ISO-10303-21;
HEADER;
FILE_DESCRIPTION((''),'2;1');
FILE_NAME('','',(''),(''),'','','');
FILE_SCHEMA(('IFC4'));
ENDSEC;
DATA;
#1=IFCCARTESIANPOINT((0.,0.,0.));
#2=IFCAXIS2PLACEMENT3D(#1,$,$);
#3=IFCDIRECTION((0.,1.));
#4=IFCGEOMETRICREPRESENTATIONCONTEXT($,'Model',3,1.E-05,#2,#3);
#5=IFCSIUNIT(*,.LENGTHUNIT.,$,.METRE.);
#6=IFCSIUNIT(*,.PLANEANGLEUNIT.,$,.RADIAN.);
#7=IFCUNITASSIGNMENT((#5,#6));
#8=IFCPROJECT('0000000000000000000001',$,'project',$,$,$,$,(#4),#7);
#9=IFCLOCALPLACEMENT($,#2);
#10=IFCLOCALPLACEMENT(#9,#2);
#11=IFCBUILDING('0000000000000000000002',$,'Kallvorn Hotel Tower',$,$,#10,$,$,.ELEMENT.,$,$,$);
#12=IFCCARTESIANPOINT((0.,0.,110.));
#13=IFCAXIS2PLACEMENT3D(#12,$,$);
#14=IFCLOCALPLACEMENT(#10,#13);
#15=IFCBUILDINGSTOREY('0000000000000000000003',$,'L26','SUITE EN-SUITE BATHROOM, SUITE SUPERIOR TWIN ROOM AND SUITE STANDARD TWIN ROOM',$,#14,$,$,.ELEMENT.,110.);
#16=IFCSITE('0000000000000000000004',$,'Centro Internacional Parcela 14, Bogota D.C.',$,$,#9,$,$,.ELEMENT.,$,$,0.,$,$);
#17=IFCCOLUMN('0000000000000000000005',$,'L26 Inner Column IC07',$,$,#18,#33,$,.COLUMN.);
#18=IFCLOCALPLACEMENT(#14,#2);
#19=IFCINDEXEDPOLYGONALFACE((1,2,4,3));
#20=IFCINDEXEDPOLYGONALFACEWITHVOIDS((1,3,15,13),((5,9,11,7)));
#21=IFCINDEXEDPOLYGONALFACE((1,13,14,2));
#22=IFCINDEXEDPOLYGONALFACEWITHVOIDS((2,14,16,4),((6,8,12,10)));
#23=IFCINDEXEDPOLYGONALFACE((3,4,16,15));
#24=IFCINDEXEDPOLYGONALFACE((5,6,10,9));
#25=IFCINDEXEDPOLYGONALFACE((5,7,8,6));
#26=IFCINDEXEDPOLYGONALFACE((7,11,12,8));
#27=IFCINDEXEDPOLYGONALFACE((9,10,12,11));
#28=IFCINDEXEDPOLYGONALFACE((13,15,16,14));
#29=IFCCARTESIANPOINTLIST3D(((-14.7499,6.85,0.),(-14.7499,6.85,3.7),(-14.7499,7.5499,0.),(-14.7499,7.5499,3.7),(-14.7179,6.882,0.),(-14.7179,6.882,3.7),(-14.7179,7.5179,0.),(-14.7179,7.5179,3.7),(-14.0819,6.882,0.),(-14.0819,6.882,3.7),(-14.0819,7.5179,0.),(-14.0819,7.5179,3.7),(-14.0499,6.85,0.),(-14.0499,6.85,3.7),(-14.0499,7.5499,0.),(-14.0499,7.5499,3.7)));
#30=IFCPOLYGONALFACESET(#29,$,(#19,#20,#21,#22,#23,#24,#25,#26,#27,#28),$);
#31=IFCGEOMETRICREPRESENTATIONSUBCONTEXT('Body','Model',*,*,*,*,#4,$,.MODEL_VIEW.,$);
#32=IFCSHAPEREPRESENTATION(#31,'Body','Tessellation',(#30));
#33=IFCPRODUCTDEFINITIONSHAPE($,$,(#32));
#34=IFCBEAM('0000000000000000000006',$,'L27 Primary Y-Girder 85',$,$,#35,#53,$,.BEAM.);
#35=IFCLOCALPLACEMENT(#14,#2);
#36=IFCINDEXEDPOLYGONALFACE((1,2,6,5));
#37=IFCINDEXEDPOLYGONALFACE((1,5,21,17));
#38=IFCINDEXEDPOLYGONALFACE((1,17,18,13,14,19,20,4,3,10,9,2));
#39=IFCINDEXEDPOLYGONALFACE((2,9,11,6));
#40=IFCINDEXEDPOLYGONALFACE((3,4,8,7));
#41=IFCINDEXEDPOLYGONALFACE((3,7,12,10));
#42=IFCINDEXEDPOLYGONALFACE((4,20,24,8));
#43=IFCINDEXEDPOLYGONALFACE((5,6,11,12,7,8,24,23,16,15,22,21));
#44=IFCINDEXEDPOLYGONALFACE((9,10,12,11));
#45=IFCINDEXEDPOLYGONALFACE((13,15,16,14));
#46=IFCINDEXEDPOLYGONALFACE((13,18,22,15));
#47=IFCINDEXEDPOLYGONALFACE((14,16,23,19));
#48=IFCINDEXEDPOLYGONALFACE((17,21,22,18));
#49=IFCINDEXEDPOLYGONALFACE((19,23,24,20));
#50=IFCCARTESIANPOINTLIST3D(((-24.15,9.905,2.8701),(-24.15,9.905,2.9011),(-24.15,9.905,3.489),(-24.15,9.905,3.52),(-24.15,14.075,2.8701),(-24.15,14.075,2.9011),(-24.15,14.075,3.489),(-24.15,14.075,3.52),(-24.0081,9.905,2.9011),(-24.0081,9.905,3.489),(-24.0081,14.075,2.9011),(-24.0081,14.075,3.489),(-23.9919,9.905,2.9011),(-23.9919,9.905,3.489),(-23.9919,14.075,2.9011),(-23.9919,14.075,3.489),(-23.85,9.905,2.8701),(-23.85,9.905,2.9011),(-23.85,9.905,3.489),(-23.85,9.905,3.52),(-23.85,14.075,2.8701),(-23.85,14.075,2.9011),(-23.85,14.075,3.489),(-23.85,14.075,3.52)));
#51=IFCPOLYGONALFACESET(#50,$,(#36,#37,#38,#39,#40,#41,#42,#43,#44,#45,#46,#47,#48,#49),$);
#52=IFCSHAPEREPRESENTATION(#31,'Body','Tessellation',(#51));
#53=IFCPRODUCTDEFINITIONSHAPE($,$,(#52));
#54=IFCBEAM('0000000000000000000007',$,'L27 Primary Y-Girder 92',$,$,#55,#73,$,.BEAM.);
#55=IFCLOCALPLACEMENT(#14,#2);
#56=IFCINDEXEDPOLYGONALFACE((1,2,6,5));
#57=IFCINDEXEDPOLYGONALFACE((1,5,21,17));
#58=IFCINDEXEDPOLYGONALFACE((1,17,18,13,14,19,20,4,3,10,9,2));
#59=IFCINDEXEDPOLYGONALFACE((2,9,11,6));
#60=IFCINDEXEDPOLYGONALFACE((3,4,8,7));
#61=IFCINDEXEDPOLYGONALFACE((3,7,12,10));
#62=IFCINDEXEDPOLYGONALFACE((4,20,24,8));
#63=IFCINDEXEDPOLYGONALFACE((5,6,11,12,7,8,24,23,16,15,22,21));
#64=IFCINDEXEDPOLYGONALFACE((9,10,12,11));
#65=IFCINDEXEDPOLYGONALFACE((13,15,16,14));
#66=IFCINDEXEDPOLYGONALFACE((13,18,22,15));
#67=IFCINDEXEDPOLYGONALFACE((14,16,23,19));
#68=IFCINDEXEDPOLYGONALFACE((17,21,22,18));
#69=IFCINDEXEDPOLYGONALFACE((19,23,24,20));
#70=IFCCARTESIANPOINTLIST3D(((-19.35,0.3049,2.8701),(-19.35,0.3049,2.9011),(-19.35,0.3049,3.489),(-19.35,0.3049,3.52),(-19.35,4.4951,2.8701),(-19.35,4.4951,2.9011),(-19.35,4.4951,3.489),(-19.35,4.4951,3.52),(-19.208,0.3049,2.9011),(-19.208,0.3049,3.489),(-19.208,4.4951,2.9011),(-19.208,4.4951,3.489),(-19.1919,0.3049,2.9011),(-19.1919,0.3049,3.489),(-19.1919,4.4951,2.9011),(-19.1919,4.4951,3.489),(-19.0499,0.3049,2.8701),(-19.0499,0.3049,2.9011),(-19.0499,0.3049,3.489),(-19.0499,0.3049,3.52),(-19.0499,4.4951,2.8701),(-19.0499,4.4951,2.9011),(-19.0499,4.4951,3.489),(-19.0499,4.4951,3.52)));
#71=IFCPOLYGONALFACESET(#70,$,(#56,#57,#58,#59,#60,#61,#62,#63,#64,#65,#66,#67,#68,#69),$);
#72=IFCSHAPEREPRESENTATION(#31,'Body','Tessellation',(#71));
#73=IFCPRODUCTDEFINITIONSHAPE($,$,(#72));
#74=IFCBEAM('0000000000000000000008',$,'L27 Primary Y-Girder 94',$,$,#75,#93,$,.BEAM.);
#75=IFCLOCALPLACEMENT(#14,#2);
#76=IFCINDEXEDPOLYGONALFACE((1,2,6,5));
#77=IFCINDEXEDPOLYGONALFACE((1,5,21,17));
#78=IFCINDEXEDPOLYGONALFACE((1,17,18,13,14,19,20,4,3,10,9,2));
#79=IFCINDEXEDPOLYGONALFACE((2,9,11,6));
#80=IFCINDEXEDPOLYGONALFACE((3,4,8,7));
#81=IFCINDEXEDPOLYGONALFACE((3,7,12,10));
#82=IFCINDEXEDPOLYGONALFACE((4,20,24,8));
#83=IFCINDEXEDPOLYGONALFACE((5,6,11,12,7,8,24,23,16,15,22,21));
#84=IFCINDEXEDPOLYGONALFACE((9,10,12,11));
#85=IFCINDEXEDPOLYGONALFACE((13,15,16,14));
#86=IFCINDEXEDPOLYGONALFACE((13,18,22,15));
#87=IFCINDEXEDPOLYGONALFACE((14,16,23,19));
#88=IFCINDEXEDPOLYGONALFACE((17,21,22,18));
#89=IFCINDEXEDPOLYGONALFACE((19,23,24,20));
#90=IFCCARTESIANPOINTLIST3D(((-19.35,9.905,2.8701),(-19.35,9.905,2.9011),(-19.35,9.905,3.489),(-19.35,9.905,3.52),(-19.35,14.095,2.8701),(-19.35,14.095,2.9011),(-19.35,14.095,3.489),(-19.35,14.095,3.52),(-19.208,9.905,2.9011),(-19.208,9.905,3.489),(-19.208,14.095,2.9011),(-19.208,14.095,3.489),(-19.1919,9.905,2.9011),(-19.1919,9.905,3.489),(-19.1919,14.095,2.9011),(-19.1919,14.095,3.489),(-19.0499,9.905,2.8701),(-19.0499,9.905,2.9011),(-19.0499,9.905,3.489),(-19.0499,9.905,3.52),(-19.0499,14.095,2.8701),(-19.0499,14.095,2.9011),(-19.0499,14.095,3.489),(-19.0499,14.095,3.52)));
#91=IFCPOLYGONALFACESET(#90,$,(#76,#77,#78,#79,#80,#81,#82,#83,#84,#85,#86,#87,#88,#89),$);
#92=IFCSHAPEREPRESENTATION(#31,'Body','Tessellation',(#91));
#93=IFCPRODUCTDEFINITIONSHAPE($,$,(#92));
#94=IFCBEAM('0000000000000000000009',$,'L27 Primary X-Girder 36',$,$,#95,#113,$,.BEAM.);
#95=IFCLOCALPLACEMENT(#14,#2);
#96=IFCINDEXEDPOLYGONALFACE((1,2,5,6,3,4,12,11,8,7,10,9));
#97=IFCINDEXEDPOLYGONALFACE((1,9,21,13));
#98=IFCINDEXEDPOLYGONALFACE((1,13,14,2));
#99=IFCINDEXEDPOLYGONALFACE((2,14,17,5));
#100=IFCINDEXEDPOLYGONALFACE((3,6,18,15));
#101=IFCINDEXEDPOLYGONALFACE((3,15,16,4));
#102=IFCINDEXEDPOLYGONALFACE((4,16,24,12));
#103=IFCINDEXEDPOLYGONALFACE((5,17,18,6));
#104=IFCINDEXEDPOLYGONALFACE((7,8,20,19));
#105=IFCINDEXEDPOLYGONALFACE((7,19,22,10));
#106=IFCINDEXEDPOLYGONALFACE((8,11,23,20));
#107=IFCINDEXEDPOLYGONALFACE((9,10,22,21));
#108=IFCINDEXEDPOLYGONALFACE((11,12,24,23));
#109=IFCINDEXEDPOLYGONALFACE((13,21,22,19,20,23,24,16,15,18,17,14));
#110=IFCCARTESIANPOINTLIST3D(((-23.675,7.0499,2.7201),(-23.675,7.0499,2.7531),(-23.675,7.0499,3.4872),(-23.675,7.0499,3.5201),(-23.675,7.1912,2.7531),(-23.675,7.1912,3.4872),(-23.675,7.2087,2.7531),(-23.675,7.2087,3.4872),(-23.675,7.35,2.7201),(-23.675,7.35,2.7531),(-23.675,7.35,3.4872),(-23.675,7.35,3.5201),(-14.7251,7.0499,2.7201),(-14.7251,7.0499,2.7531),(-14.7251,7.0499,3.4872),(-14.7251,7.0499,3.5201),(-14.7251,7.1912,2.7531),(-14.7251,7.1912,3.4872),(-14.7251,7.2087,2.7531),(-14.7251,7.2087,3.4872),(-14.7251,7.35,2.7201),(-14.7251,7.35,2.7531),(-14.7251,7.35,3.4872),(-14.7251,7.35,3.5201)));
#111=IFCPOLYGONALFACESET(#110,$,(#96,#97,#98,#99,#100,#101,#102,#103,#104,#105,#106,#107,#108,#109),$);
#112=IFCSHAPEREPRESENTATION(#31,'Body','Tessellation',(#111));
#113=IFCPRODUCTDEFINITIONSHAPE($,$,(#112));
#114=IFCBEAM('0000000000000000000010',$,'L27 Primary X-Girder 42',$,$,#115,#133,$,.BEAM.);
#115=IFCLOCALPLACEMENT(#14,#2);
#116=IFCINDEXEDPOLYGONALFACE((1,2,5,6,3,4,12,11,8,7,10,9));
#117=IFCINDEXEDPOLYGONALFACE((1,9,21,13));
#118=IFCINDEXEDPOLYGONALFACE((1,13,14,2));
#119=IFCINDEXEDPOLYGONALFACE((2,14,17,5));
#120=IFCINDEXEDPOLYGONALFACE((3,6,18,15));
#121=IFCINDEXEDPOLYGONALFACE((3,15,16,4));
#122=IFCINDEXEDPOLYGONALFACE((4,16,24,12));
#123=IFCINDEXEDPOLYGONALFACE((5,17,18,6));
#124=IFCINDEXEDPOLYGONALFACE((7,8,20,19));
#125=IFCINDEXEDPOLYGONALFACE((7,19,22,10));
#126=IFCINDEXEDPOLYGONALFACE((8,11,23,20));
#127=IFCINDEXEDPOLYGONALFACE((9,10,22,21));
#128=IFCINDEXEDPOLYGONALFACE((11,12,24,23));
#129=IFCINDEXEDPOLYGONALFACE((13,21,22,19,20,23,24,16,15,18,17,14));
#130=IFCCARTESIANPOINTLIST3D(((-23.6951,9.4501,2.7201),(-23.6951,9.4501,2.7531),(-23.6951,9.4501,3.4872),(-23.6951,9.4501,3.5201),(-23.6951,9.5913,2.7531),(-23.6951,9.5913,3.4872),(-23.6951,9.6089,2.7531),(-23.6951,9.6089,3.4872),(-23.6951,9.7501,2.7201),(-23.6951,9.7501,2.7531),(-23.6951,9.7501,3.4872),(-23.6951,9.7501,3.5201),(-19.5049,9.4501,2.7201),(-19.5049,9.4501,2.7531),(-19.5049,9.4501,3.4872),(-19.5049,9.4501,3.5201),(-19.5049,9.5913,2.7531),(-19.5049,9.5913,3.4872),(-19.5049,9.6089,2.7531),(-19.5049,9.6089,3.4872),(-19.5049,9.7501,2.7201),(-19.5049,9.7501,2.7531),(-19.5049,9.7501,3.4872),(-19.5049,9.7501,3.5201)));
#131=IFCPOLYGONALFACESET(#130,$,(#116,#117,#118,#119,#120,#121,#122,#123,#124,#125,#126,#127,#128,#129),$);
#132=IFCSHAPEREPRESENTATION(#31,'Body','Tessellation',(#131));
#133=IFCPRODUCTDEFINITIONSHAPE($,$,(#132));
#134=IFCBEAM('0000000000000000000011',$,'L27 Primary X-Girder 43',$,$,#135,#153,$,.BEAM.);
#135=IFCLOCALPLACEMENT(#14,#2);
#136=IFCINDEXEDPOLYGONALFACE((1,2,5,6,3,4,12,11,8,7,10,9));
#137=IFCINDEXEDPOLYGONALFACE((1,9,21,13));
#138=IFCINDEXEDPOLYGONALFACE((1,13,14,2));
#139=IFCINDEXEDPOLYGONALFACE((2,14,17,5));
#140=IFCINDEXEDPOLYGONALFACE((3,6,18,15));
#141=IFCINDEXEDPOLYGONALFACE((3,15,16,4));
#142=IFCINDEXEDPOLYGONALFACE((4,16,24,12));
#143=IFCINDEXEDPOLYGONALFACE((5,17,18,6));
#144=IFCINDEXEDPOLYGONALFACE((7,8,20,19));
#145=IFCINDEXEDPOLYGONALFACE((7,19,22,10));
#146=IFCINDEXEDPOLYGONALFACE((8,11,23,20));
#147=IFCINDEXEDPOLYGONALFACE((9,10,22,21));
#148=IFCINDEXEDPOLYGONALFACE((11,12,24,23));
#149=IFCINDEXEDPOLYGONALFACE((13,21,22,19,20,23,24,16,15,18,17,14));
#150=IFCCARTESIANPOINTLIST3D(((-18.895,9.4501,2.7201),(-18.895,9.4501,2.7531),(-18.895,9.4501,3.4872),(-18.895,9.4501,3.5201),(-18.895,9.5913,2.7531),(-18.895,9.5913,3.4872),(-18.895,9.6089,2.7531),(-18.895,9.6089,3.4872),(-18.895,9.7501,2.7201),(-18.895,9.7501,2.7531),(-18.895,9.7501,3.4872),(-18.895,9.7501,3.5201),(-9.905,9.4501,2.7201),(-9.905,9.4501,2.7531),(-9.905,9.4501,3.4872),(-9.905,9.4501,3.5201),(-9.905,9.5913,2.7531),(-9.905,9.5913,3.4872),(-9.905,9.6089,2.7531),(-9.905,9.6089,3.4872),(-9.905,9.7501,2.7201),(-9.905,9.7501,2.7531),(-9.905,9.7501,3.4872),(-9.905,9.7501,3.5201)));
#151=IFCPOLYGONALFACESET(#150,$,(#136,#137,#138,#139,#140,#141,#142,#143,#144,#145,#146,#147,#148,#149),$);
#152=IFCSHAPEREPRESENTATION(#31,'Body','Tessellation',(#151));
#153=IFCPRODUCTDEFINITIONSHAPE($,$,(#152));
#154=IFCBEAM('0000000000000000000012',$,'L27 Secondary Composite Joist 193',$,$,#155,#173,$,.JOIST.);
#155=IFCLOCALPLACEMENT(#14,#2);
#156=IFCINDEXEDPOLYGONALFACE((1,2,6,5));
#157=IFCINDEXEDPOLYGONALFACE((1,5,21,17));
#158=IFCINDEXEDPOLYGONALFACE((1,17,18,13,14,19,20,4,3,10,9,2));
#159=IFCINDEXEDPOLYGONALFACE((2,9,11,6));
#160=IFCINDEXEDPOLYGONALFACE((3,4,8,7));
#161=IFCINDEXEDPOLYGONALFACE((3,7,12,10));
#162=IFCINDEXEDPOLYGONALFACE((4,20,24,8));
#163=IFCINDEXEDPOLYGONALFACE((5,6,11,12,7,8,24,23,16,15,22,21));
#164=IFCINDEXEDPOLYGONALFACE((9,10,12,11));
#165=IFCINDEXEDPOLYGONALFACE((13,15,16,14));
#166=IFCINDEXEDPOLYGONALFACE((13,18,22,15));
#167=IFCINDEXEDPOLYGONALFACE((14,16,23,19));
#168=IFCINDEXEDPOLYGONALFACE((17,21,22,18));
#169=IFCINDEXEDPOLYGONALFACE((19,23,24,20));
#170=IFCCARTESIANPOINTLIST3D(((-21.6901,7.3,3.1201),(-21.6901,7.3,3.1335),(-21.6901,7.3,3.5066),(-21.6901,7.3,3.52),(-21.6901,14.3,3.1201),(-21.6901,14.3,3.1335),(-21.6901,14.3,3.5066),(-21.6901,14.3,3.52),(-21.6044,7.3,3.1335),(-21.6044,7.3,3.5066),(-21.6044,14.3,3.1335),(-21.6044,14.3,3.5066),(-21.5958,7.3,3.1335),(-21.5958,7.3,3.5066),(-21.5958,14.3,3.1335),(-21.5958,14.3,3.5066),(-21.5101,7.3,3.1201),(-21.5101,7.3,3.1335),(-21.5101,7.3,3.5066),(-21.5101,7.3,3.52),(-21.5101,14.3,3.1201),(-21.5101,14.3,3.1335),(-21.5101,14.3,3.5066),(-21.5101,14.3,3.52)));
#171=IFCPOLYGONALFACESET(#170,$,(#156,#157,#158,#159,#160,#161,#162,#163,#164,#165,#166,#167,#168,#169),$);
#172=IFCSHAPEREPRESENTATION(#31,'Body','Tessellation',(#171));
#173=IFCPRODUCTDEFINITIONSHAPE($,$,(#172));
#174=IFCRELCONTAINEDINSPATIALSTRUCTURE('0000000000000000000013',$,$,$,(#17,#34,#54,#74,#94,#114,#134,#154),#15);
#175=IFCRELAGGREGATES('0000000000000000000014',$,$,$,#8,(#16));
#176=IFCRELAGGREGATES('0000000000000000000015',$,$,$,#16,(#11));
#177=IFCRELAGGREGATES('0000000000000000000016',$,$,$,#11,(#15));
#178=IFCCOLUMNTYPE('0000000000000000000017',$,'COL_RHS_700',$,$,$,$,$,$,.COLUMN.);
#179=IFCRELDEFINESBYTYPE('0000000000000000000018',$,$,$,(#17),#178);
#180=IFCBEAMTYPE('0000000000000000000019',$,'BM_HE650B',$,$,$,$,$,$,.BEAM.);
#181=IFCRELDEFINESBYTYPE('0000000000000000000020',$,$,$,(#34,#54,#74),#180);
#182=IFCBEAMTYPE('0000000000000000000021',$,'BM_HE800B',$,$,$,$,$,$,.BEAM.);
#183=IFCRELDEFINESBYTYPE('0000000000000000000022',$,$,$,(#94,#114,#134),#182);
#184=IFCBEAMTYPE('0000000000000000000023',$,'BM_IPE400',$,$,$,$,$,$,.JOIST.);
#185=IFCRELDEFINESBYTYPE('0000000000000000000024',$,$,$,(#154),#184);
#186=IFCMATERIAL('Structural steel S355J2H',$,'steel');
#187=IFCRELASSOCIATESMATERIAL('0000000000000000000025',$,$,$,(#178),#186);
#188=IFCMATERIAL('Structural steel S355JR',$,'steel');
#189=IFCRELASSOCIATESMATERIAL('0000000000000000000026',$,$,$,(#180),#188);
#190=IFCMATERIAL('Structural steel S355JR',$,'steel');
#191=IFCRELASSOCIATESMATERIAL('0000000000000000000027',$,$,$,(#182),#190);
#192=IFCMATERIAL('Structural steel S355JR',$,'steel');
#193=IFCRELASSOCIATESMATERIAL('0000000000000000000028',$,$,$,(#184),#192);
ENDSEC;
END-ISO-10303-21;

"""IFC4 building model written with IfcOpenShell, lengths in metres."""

from ifc_helpers import new_model, si_unit, direction, frame, origin, origin_2d, place, context, subcontext, project, spatial, hollow_rectangle, i_section, extrude, material, material_profile, profile_set, type_object, element, save


model = new_model("IFC4")

# Units and contexts
model_context = context("Model", 3, precision=1e-05, world=origin(), true_north=direction((0.0, 1.0)))
body_context = subcontext(model_context, "Body", "Model", "MODEL_VIEW")
ifc_project = project(units=[si_unit("LENGTHUNIT", "METRE"), si_unit("PLANEANGLEUNIT", "RADIAN")], contexts=[model_context])

# Site, building, storey
site_placement = place(None, origin())
site = spatial("IfcSite", under=ifc_project, at=site_placement, Name="Centro Internacional Parcela 14, Bogota D.C.", CompositionType="ELEMENT", RefElevation=0.0)
building_placement = place(site_placement, origin())
building = spatial("IfcBuilding", under=site, at=building_placement, Name="Kallvorn Hotel Tower", CompositionType="ELEMENT")
storey_placement = place(building_placement, frame((0.0, 0.0, 110.0)))
storey = spatial("IfcBuildingStorey", under=building, at=storey_placement, Name="L26", Description="SUITE EN-SUITE BATHROOM, SUITE SUPERIOR TWIN ROOM AND SUITE STANDARD TWIN ROOM", CompositionType="ELEMENT", Elevation=110.0)

# Column
ifc_material_1 = material(Name="Structural steel S355J2H", Category="steel")
ifc_material_profile_1 = material_profile(ifc_material_1, hollow_rectangle(XDim=0.7, YDim=0.7, WallThickness=0.032, at=origin_2d()), Name="RHS 700x700x32")
ifc_profile_set_1 = profile_set([ifc_material_profile_1], Name="Structural steel S355J2H")
column_type_1 = type_object("IfcColumnType", Name="COL_RHS_700", PredefinedType="COLUMN", material=ifc_profile_set_1)
column_placement = place(storey_placement, frame((-14.3999, 7.2, 0.0), z_axis=(0.0, 0.0, 1.0), x_axis=(1.0, 0.0, 0.0)))
element("IfcColumn", 1, at=column_placement, inside=storey, type_object=column_type_1, Name="L26 Inner Column IC07", PredefinedType="COLUMN", context=body_context, shape_type="SweptSolid", body=[
    extrude(hollow_rectangle(XDim=0.7, YDim=0.7, WallThickness=0.032, at=origin_2d()), origin(), (0.0, 0.0, 1.0), 3.7),
])

# Beams
ifc_material_2 = material(Name="Structural steel S355JR", Category="steel")
ifc_material_profile_2 = material_profile(ifc_material_2, i_section(OverallWidth=0.3, OverallDepth=0.6499, WebThickness=0.0161, FlangeThickness=0.031, at=origin_2d()), Name="HE 650 B")
ifc_profile_set_2 = profile_set([ifc_material_profile_2], Name="Structural steel S355JR")
beam_type_1 = type_object("IfcBeamType", Name="BM_HE650B", PredefinedType="BEAM", material=ifc_profile_set_2)
beam_1_placement = place(storey_placement, frame((-24.0, 9.905, 3.1951), z_axis=(0.0, 1.0, 0.0), x_axis=(-1.0, 0.0, 0.0)))
element("IfcBeam", 2, at=beam_1_placement, inside=storey, type_object=beam_type_1, Name="L27 Primary Y-Girder 85", PredefinedType="BEAM", context=body_context, shape_type="SweptSolid", body=[
    extrude(i_section(OverallWidth=0.3, OverallDepth=0.6499, WebThickness=0.0161, FlangeThickness=0.031, at=origin_2d()), origin(), (0.0, 0.0, 1.0), 4.1699),
])
beam_2_placement = place(storey_placement, frame((-19.2, 0.3049, 3.1951), z_axis=(0.0, 1.0, 0.0), x_axis=(-1.0, 0.0, 0.0)))
element("IfcBeam", 3, at=beam_2_placement, inside=storey, type_object=beam_type_1, Name="L27 Primary Y-Girder 92", PredefinedType="BEAM", context=body_context, shape_type="SweptSolid", body=[
    extrude(i_section(OverallWidth=0.3, OverallDepth=0.6499, WebThickness=0.0161, FlangeThickness=0.031, at=origin_2d()), origin(), (0.0, 0.0, 1.0), 4.1902),
])
beam_3_placement = place(storey_placement, frame((-19.2, 9.905, 3.1951), z_axis=(0.0, 1.0, 0.0), x_axis=(-1.0, 0.0, 0.0)))
element("IfcBeam", 4, at=beam_3_placement, inside=storey, type_object=beam_type_1, Name="L27 Primary Y-Girder 94", PredefinedType="BEAM", context=body_context, shape_type="SweptSolid", body=[
    extrude(i_section(OverallWidth=0.3, OverallDepth=0.6499, WebThickness=0.0161, FlangeThickness=0.031, at=origin_2d()), origin(), (0.0, 0.0, 1.0), 4.1899),
])
ifc_material_3 = material(Name="Structural steel S355JR", Category="steel")
ifc_material_profile_3 = material_profile(ifc_material_3, i_section(OverallWidth=0.3, OverallDepth=0.8, WebThickness=0.0176, FlangeThickness=0.033, at=origin_2d()), Name="HE 800 B")
ifc_profile_set_3 = profile_set([ifc_material_profile_3], Name="Structural steel S355JR")
beam_type_2 = type_object("IfcBeamType", Name="BM_HE800B", PredefinedType="BEAM", material=ifc_profile_set_3)
beam_4_placement = place(storey_placement, frame((-23.675, 7.2, 3.1201), z_axis=(1.0, 0.0, 0.0), x_axis=(0.0, 1.0, 0.0)))
element("IfcBeam", 5, at=beam_4_placement, inside=storey, type_object=beam_type_2, Name="L27 Primary X-Girder 36", PredefinedType="BEAM", context=body_context, shape_type="SweptSolid", body=[
    extrude(i_section(OverallWidth=0.3, OverallDepth=0.8, WebThickness=0.0176, FlangeThickness=0.033, at=origin_2d()), origin(), (0.0, 0.0, 1.0), 8.95),
])
beam_5_placement = place(storey_placement, frame((-23.6951, 9.6001, 3.1201), z_axis=(1.0, 0.0, 0.0), x_axis=(0.0, 1.0, 0.0)))
element("IfcBeam", 6, at=beam_5_placement, inside=storey, type_object=beam_type_2, Name="L27 Primary X-Girder 42", PredefinedType="BEAM", context=body_context, shape_type="SweptSolid", body=[
    extrude(i_section(OverallWidth=0.3, OverallDepth=0.8, WebThickness=0.0176, FlangeThickness=0.033, at=origin_2d()), origin(), (0.0, 0.0, 1.0), 4.1902),
])
beam_6_placement = place(storey_placement, frame((-18.895, 9.6001, 3.1201), z_axis=(1.0, 0.0, 0.0), x_axis=(0.0, 1.0, 0.0)))
element("IfcBeam", 7, at=beam_6_placement, inside=storey, type_object=beam_type_2, Name="L27 Primary X-Girder 43", PredefinedType="BEAM", context=body_context, shape_type="SweptSolid", body=[
    extrude(i_section(OverallWidth=0.3, OverallDepth=0.8, WebThickness=0.0176, FlangeThickness=0.033, at=origin_2d()), origin(), (0.0, 0.0, 1.0), 8.99),
])
ifc_material_4 = material(Name="Structural steel S355JR", Category="steel")
ifc_material_profile_4 = material_profile(ifc_material_4, i_section(OverallWidth=0.1799, OverallDepth=0.3999, WebThickness=0.0085, FlangeThickness=0.0134, at=origin_2d()), Name="IPE 400")
ifc_profile_set_4 = profile_set([ifc_material_profile_4], Name="Structural steel S355JR")
beam_type_3 = type_object("IfcBeamType", Name="BM_IPE400", PredefinedType="JOIST", material=ifc_profile_set_4)
for number, where, z_axis, x_axis, name in (
    (8, (-21.6001, 7.3, 3.3201), (0.0, 1.0, 0.0), (-1.0, 0.0, 0.0), "L27 Secondary Composite Joist 193"),
):
    element("IfcBeam", number, at=place(storey_placement, frame(where, z_axis=z_axis, x_axis=x_axis)), inside=storey, type_object=beam_type_3, Name=name, PredefinedType="JOIST", context=body_context, shape_type="SweptSolid", body=[
        extrude(i_section(OverallWidth=0.1799, OverallDepth=0.3999, WebThickness=0.0085, FlangeThickness=0.0134, at=origin_2d()), origin(), (0.0, 0.0, 1.0), 7.0),
    ])

save(model, "model.ifc")
